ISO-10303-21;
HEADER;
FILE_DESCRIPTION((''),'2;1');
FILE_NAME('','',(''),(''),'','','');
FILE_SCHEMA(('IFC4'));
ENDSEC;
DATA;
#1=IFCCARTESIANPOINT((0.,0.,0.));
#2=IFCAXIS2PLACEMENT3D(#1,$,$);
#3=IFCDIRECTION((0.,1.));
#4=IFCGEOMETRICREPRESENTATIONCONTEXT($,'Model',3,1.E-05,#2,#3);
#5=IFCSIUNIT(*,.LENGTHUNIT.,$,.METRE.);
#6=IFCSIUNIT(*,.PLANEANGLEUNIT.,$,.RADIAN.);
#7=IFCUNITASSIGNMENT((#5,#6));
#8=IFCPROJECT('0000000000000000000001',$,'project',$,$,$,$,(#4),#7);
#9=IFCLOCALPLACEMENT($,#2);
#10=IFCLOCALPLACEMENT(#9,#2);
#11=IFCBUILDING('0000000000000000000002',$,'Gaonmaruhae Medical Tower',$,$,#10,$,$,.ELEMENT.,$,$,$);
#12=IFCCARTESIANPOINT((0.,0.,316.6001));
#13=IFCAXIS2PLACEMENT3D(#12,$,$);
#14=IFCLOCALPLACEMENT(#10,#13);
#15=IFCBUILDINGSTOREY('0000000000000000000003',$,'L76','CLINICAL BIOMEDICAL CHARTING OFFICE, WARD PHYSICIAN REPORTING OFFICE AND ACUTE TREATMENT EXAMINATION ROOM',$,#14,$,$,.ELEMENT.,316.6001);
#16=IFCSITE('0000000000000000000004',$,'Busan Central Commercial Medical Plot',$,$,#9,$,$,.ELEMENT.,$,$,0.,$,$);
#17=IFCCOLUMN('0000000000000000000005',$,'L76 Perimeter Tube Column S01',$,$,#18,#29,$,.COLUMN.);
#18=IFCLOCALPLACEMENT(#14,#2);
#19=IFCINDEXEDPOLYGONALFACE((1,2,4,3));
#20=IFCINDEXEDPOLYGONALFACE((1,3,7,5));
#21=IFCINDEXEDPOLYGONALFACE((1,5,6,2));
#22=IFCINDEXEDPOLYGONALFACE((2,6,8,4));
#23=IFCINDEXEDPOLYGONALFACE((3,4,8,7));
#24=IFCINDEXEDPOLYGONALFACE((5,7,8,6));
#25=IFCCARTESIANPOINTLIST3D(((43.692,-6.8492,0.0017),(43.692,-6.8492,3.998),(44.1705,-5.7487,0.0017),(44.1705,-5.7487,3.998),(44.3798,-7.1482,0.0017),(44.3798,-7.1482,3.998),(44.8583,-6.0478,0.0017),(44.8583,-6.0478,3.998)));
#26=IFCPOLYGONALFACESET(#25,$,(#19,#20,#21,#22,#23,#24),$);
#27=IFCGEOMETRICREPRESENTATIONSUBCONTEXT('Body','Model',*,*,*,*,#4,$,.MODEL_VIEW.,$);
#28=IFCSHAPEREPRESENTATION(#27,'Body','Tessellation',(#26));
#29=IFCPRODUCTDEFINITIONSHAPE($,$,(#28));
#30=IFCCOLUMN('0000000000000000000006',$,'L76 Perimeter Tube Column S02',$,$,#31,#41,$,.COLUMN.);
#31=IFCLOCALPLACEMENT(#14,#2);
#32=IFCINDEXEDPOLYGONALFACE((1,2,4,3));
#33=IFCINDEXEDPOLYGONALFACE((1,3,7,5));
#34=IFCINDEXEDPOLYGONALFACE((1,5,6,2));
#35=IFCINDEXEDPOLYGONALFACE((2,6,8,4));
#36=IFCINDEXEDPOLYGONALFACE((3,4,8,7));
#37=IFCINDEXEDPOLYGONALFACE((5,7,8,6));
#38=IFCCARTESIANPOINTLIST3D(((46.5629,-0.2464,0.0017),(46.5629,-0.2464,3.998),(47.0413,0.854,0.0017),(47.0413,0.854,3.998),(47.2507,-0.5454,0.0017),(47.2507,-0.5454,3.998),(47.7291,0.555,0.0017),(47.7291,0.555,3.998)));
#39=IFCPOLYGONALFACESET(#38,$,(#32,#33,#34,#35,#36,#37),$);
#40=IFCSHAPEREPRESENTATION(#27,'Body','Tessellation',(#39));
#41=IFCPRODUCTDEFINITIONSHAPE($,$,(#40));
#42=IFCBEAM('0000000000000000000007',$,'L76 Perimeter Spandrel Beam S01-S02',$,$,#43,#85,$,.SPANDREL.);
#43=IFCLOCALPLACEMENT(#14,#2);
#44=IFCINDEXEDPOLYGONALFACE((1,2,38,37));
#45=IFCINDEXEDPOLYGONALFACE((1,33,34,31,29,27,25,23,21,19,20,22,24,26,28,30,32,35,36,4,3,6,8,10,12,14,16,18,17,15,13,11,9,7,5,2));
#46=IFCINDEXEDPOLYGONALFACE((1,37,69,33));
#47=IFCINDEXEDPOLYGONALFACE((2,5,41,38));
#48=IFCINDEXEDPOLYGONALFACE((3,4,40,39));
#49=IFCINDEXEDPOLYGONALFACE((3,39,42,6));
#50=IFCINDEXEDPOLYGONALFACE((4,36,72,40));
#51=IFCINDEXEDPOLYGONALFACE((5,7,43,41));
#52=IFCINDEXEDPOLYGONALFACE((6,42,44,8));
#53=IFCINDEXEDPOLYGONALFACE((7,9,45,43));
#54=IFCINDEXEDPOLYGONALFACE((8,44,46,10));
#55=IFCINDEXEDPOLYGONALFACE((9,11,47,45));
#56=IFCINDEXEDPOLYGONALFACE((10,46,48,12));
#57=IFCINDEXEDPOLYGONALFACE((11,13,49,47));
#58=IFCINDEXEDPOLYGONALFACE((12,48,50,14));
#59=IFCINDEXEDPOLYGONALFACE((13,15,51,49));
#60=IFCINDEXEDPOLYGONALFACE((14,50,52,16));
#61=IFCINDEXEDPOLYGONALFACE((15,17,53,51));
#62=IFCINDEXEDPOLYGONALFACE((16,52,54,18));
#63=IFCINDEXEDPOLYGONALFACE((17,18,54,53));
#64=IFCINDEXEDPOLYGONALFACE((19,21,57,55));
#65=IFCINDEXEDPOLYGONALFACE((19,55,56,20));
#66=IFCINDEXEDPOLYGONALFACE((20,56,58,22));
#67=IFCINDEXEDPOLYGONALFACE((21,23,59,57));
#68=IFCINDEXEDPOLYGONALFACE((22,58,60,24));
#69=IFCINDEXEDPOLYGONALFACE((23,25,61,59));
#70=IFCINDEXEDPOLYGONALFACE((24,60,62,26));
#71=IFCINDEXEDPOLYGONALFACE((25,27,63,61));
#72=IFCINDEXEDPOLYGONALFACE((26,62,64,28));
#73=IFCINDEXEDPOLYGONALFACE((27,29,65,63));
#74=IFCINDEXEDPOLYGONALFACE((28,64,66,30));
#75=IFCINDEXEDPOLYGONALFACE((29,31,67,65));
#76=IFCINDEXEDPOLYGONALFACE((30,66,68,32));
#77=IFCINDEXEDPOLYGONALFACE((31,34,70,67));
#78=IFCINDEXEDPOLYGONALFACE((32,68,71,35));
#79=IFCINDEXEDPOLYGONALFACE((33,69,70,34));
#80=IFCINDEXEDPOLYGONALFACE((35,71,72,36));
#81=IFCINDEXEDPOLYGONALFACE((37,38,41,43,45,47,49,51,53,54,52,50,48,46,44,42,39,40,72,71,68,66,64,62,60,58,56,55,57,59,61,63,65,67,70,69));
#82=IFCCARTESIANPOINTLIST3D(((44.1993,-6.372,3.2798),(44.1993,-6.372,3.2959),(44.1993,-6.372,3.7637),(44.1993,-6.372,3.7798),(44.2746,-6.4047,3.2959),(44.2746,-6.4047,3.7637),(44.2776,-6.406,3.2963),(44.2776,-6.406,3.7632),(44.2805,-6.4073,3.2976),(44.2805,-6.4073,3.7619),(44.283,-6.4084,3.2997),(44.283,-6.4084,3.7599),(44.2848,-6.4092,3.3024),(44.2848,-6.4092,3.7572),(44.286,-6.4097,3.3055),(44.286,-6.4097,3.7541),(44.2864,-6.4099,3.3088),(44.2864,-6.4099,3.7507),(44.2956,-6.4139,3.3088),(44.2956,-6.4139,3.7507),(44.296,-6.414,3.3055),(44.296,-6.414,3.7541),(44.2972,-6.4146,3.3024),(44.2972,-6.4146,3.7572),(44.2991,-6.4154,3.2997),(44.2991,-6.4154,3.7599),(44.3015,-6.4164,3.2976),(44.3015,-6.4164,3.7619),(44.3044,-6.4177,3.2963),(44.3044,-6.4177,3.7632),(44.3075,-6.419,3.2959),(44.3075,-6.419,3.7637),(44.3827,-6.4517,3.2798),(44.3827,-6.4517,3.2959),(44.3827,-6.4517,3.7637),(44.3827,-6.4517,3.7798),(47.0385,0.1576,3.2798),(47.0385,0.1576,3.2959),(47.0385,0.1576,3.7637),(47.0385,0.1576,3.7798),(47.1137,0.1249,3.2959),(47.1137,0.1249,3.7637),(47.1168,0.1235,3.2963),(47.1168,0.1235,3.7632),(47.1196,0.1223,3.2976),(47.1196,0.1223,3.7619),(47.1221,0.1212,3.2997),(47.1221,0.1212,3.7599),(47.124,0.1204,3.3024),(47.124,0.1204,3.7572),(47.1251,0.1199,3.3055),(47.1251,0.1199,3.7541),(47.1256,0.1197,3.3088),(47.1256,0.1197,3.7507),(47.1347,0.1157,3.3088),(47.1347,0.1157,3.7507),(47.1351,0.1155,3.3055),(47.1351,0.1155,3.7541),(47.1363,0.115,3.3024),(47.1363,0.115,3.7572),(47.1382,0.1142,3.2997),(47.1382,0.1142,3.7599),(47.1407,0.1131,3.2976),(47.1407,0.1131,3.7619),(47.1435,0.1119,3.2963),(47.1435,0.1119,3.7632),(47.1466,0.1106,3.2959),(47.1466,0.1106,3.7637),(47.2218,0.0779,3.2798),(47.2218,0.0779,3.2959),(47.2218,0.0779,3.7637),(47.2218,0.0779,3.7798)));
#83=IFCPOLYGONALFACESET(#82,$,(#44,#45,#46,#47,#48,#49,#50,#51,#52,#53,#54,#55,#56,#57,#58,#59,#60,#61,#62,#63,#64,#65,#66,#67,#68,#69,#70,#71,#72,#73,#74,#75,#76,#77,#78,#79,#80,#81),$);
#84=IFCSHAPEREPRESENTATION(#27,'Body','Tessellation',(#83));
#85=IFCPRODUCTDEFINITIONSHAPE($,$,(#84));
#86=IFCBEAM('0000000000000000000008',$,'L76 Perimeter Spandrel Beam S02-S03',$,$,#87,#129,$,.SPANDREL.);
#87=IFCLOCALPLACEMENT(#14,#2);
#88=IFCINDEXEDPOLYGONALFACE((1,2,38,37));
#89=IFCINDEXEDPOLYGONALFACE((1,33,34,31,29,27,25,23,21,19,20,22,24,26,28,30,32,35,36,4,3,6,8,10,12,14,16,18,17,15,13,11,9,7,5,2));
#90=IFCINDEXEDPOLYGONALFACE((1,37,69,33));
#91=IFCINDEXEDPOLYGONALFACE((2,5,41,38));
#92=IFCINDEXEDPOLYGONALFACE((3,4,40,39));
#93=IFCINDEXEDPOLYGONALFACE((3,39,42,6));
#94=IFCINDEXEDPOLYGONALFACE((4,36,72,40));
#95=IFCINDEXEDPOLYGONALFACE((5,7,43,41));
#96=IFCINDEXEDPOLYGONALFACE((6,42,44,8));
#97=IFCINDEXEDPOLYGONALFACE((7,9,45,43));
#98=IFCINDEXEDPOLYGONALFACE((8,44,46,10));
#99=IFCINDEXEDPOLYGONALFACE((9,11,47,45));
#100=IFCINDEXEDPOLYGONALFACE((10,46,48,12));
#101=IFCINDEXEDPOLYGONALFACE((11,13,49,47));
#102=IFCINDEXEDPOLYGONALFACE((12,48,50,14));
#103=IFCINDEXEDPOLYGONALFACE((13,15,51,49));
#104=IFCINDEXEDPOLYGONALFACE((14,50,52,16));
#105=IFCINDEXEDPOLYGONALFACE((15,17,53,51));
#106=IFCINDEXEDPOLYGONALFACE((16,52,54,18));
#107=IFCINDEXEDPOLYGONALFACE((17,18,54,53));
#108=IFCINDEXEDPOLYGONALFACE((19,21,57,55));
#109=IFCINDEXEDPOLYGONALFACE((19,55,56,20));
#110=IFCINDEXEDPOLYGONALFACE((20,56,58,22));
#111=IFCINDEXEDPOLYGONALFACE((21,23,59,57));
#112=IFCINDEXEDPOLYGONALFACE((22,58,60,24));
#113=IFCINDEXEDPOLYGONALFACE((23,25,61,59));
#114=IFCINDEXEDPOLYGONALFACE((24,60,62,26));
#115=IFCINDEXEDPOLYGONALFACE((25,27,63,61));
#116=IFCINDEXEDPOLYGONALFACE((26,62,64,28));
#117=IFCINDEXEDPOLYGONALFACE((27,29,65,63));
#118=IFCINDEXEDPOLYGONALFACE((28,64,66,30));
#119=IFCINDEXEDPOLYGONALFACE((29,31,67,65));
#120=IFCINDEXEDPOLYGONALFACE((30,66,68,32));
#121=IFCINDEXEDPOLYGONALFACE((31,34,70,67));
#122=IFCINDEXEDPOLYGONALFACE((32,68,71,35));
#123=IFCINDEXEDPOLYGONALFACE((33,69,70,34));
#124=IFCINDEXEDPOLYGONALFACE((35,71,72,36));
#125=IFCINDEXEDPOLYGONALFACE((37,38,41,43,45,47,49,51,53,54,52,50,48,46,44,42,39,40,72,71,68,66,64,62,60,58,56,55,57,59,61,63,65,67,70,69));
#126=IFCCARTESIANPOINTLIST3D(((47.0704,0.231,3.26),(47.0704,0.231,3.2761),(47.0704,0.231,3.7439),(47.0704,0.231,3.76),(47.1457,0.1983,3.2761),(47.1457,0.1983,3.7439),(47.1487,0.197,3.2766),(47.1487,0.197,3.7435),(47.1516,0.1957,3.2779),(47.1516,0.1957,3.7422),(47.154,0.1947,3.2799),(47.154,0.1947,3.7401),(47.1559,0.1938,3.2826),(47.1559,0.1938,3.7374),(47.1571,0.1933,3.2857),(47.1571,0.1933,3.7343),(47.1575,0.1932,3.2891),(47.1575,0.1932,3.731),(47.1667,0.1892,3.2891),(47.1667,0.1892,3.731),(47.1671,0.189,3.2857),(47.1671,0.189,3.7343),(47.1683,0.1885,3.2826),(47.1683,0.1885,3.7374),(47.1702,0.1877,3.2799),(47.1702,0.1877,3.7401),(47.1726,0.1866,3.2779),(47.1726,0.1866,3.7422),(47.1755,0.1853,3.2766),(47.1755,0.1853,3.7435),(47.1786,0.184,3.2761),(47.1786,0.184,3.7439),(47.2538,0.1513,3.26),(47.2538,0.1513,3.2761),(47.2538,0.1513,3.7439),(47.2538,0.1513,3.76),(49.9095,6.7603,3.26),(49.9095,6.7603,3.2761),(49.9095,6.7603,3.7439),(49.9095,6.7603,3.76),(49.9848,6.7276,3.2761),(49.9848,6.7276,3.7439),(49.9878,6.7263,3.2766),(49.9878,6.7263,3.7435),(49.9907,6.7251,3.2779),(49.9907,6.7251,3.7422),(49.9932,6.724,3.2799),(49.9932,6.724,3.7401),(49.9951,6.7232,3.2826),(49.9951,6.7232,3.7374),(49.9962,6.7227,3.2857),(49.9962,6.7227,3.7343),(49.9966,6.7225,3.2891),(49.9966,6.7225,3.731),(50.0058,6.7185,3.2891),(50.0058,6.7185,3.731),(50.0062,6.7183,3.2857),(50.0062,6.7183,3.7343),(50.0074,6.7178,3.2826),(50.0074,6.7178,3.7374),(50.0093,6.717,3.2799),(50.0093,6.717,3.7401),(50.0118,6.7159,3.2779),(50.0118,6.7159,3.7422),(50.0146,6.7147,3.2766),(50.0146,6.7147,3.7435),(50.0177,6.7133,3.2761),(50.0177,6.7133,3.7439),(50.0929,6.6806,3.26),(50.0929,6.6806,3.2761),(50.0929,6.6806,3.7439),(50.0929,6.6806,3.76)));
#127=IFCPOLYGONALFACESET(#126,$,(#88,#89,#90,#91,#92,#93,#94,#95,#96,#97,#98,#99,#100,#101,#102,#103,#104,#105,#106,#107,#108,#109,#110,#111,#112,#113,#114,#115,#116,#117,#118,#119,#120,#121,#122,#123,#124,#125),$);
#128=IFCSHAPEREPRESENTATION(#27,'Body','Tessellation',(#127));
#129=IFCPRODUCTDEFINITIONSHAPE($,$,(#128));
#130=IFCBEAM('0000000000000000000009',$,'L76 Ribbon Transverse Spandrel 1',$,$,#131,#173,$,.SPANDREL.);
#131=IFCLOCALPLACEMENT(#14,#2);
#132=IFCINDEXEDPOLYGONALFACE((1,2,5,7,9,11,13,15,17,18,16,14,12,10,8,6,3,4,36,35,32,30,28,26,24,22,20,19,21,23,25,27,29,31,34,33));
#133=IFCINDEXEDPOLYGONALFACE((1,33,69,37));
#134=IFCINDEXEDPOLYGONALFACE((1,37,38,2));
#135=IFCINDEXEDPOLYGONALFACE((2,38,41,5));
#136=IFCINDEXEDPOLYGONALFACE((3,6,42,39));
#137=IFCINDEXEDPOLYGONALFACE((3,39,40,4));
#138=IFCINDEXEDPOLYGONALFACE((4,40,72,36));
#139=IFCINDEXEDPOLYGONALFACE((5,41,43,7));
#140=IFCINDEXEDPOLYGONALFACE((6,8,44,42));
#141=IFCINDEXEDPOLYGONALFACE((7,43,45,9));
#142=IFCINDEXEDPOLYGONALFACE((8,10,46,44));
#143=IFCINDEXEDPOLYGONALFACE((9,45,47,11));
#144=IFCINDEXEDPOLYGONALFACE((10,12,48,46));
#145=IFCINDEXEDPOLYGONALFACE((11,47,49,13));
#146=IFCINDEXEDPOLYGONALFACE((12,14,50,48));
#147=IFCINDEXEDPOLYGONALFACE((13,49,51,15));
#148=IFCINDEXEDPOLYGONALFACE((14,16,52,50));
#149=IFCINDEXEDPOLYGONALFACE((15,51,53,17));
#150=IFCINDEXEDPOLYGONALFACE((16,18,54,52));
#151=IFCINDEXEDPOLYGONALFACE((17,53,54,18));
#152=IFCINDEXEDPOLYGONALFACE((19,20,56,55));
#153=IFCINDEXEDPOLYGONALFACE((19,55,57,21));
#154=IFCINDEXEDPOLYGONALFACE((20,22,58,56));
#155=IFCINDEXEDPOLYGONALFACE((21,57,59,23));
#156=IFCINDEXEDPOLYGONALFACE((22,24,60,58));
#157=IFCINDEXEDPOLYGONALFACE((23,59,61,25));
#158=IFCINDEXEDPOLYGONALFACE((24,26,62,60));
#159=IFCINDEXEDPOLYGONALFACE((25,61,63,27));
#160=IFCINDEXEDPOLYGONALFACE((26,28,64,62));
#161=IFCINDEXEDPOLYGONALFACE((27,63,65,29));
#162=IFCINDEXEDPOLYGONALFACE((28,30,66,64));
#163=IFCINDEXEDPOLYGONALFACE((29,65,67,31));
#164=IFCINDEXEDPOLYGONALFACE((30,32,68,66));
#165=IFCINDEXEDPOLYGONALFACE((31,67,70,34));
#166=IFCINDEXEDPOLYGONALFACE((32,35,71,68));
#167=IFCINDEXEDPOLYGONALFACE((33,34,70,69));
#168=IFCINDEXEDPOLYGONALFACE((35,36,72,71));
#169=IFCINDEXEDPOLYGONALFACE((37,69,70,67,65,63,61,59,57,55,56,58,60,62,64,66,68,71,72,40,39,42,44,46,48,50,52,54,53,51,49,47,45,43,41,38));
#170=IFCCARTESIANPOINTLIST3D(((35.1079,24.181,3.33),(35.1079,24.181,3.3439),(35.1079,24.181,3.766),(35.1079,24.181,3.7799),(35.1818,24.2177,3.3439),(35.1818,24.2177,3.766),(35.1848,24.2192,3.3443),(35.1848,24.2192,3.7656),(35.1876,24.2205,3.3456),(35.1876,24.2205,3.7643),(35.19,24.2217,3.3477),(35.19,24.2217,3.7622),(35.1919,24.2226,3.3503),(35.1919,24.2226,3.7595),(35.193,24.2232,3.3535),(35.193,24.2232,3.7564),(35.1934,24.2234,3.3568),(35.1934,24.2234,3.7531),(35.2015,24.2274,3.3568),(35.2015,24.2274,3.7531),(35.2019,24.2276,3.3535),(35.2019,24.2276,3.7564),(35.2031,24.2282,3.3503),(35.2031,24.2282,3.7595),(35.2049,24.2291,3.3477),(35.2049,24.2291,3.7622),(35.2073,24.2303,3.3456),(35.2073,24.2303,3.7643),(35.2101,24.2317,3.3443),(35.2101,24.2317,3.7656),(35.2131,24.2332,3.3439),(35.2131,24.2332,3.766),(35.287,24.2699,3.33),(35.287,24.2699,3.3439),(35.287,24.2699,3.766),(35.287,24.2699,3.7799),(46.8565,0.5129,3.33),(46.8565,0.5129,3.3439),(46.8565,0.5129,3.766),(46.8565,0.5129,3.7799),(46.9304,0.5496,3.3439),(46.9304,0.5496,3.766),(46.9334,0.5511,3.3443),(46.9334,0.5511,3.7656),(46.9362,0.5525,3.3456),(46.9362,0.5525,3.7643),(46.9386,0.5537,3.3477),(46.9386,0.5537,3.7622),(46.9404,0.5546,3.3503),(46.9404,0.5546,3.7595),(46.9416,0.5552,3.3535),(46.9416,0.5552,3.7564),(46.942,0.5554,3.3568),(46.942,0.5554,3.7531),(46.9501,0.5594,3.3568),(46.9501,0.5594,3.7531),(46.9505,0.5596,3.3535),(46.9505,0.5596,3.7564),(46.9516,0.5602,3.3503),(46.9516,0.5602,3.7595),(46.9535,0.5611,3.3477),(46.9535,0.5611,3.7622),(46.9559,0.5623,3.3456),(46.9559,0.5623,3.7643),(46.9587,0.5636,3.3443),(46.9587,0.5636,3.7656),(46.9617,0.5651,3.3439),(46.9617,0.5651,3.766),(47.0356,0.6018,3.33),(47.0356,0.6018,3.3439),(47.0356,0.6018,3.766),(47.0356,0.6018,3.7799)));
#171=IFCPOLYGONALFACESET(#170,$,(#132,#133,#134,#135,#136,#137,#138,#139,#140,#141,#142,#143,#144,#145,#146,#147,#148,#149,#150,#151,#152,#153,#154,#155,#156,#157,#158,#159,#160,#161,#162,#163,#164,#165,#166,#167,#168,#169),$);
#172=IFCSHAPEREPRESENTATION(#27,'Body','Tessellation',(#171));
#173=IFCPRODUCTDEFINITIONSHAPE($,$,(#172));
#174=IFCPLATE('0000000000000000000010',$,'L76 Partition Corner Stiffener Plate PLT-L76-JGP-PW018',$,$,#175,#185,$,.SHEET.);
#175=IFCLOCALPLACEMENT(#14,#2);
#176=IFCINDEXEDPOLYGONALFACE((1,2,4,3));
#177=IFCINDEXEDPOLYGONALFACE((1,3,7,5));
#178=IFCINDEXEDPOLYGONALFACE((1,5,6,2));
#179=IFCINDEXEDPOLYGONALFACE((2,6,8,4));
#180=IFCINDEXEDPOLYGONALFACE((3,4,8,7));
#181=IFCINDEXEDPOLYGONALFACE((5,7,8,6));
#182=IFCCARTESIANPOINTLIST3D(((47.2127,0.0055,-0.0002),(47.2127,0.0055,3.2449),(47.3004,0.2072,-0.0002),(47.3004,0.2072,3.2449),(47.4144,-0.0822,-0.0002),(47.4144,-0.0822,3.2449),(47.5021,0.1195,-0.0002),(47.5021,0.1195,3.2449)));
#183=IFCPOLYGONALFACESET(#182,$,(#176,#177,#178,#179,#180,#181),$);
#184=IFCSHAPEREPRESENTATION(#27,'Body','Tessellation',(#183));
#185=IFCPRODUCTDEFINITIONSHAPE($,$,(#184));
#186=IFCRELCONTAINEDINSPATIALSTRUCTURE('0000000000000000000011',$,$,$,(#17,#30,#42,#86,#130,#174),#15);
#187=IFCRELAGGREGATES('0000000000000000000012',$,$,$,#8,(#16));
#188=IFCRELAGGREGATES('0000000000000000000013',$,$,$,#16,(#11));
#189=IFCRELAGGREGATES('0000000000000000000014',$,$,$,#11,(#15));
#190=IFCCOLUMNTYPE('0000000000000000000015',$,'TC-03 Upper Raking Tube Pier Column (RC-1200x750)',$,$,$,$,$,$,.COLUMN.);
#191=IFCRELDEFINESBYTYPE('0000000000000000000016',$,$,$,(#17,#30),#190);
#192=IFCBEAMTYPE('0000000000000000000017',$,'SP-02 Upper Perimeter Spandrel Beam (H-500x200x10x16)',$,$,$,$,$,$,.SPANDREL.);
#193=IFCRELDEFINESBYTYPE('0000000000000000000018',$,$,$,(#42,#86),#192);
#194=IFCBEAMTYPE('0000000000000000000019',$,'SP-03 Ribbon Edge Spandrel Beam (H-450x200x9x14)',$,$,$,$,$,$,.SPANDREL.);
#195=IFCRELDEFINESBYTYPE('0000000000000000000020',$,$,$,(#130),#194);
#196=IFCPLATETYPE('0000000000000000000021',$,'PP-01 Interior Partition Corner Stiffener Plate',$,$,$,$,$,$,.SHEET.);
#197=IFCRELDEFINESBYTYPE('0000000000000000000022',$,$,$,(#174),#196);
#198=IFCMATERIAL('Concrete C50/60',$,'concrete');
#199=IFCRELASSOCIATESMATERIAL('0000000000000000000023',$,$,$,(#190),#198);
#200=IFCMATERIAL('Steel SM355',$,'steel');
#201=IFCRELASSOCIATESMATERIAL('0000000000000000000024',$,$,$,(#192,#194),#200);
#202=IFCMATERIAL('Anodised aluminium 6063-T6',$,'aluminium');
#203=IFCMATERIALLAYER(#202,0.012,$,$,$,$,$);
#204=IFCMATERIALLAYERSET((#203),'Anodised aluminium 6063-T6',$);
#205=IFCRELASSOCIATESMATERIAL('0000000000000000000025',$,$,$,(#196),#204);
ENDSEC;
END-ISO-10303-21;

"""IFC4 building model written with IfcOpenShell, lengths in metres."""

from ifc_helpers import new_model, si_unit, direction, frame, origin, origin_2d, place, context, subcontext, project, spatial, rectangle, i_section, extrude, material, layer, layer_set, material_profile, profile_set, type_object, element, save


model = new_model("IFC4")

# Units and contexts
model_context = context("Model", 3, precision=1e-05, world=origin(), true_north=direction((0.0, 1.0)))
body_context = subcontext(model_context, "Body", "Model", "MODEL_VIEW")
ifc_project = project(units=[si_unit("LENGTHUNIT", "METRE"), si_unit("PLANEANGLEUNIT", "RADIAN")], contexts=[model_context])

# Site, building, storey
site_placement = place(None, origin())
site = spatial("IfcSite", under=ifc_project, at=site_placement, Name="Busan Central Commercial Medical Plot", CompositionType="ELEMENT", RefElevation=0.0)
building_placement = place(site_placement, origin())
building = spatial("IfcBuilding", under=site, at=building_placement, Name="Gaonmaruhae Medical Tower", CompositionType="ELEMENT")
storey_placement = place(building_placement, frame((0.0, 0.0, 316.6001)))
storey = spatial("IfcBuildingStorey", under=building, at=storey_placement, Name="L76", Description="CLINICAL BIOMEDICAL CHARTING OFFICE, WARD PHYSICIAN REPORTING OFFICE AND ACUTE TREATMENT EXAMINATION ROOM", CompositionType="ELEMENT", Elevation=316.6001)

# Columns
ifc_material_1 = material(Name="Concrete C50/60", Category="concrete")
ifc_material_profile_1 = material_profile(ifc_material_1, rectangle(XDim=1.2, YDim=0.75, at=origin_2d()), Name="RC-1200x750")
ifc_profile_set_1 = profile_set([ifc_material_profile_1], Name="Concrete C50/60")
column_type = type_object("IfcColumnType", Name="TC-03 Upper Raking Tube Pier Column (RC-1200x750)", PredefinedType="COLUMN", material=ifc_profile_set_1)
for number, where, z_axis, x_axis, name in (
    (1, (44.2751, -6.4485, 0.0017), (0.0, 0.0, 1.0), (0.398749, 0.91706, 0.0), "L76 Perimeter Tube Column S01"),
    (2, (47.146, 0.1543, 0.0017), (0.0, 0.0, 1.0), (0.398749, 0.91706, 0.0), "L76 Perimeter Tube Column S02"),
):
    element("IfcColumn", number, at=place(storey_placement, frame(where, z_axis=z_axis, x_axis=x_axis)), inside=storey, type_object=column_type, Name=name, PredefinedType="COLUMN", context=body_context, shape_type="SweptSolid", body=[
        extrude(rectangle(XDim=1.2, YDim=0.75, at=origin_2d()), origin(), (0.0, 0.0, 1.0), 3.9963),
    ])

# Beams
ifc_material_2 = material(Name="Steel SM355", Category="steel")
ifc_material_profile_2 = material_profile(ifc_material_2, i_section(OverallWidth=0.2, OverallDepth=0.5, WebThickness=0.01, FlangeThickness=0.0161, FilletRadius=0.0129, at=origin_2d()), Name="H-500x200x10x16")
ifc_profile_set_2 = profile_set([ifc_material_profile_2], Name="Steel SM355")
beam_type_1 = type_object("IfcBeamType", Name="SP-02 Upper Perimeter Spandrel Beam (H-500x200x10x16)", PredefinedType="SPANDREL", material=ifc_profile_set_2)
beam_1_placement = place(storey_placement, frame((44.291, -6.4119, 3.5298), z_axis=(0.398747, 0.917061, 0.0), x_axis=(-0.917061, 0.398747, 0.0)))
element("IfcBeam", 3, at=beam_1_placement, inside=storey, type_object=beam_type_1, Name="L76 Perimeter Spandrel Beam S01-S02", PredefinedType="SPANDREL", context=body_context, shape_type="SweptSolid", body=[
    extrude(i_section(OverallWidth=0.2, OverallDepth=0.5, WebThickness=0.01, FlangeThickness=0.0161, FilletRadius=0.0129, at=origin_2d()), origin(), (0.0, 0.0, 1.0), 7.1201),
])
beam_2_placement = place(storey_placement, frame((47.1621, 0.1912, 3.51), z_axis=(0.39876, 0.917055, 0.0), x_axis=(-0.917055, 0.39876, 0.0)))
element("IfcBeam", 4, at=beam_2_placement, inside=storey, type_object=beam_type_1, Name="L76 Perimeter Spandrel Beam S02-S03", PredefinedType="SPANDREL", context=body_context, shape_type="SweptSolid", body=[
    extrude(i_section(OverallWidth=0.2, OverallDepth=0.5, WebThickness=0.01, FlangeThickness=0.0161, FilletRadius=0.0129, at=origin_2d()), origin(), (0.0, 0.0, 1.0), 7.1199),
])
ifc_material_profile_3 = material_profile(ifc_material_2, i_section(OverallWidth=0.2, OverallDepth=0.45, WebThickness=0.009, FlangeThickness=0.0139, FilletRadius=0.0129, at=origin_2d()), Name="H-450x200x9x14")
ifc_profile_set_3 = profile_set([ifc_material_profile_3], Name="Steel SM355")
beam_type_2 = type_object("IfcBeamType", Name="SP-03 Ribbon Edge Spandrel Beam (H-450x200x9x14)", PredefinedType="SPANDREL", material=ifc_profile_set_3)
beam_3_placement = place(storey_placement, frame((46.946, 0.5574, 3.5549), z_axis=(-0.444625, 0.895717, 0.0), x_axis=(-0.895717, -0.444625, 0.0)))
element("IfcBeam", 5, at=beam_3_placement, inside=storey, type_object=beam_type_2, Name="L76 Ribbon Transverse Spandrel 1", PredefinedType="SPANDREL", context=body_context, shape_type="SweptSolid", body=[
    extrude(i_section(OverallWidth=0.2, OverallDepth=0.45, WebThickness=0.009, FlangeThickness=0.0139, FilletRadius=0.0129, at=origin_2d()), origin(), (0.0, 0.0, 1.0), 26.4236),
])

# Plate
ifc_material_3 = material(Name="Anodised aluminium 6063-T6", Category="aluminium")
ifc_layer_1 = layer(ifc_material_3, 0.012)
ifc_layer_set_1 = layer_set([ifc_layer_1], Name="Anodised aluminium 6063-T6")
plate_type = type_object("IfcPlateType", Name="PP-01 Interior Partition Corner Stiffener Plate", PredefinedType="SHEET", material=ifc_layer_set_1)
plate_1_placement = place(storey_placement, frame((47.3574, 0.0625, -0.0002), z_axis=(0.0, 0.0, 1.0), x_axis=(-0.398765, -0.917053, 0.0)))
element("IfcPlate", 6, at=plate_1_placement, inside=storey, type_object=plate_type, Name="L76 Partition Corner Stiffener Plate PLT-L76-JGP-PW018", PredefinedType="SHEET", context=body_context, shape_type="SweptSolid", body=[
    extrude(rectangle(XDim=0.22, YDim=0.22, at=origin_2d()), origin(), (0.0, 0.0, 1.0), 3.2451),
])

save(model, "model.ifc")
